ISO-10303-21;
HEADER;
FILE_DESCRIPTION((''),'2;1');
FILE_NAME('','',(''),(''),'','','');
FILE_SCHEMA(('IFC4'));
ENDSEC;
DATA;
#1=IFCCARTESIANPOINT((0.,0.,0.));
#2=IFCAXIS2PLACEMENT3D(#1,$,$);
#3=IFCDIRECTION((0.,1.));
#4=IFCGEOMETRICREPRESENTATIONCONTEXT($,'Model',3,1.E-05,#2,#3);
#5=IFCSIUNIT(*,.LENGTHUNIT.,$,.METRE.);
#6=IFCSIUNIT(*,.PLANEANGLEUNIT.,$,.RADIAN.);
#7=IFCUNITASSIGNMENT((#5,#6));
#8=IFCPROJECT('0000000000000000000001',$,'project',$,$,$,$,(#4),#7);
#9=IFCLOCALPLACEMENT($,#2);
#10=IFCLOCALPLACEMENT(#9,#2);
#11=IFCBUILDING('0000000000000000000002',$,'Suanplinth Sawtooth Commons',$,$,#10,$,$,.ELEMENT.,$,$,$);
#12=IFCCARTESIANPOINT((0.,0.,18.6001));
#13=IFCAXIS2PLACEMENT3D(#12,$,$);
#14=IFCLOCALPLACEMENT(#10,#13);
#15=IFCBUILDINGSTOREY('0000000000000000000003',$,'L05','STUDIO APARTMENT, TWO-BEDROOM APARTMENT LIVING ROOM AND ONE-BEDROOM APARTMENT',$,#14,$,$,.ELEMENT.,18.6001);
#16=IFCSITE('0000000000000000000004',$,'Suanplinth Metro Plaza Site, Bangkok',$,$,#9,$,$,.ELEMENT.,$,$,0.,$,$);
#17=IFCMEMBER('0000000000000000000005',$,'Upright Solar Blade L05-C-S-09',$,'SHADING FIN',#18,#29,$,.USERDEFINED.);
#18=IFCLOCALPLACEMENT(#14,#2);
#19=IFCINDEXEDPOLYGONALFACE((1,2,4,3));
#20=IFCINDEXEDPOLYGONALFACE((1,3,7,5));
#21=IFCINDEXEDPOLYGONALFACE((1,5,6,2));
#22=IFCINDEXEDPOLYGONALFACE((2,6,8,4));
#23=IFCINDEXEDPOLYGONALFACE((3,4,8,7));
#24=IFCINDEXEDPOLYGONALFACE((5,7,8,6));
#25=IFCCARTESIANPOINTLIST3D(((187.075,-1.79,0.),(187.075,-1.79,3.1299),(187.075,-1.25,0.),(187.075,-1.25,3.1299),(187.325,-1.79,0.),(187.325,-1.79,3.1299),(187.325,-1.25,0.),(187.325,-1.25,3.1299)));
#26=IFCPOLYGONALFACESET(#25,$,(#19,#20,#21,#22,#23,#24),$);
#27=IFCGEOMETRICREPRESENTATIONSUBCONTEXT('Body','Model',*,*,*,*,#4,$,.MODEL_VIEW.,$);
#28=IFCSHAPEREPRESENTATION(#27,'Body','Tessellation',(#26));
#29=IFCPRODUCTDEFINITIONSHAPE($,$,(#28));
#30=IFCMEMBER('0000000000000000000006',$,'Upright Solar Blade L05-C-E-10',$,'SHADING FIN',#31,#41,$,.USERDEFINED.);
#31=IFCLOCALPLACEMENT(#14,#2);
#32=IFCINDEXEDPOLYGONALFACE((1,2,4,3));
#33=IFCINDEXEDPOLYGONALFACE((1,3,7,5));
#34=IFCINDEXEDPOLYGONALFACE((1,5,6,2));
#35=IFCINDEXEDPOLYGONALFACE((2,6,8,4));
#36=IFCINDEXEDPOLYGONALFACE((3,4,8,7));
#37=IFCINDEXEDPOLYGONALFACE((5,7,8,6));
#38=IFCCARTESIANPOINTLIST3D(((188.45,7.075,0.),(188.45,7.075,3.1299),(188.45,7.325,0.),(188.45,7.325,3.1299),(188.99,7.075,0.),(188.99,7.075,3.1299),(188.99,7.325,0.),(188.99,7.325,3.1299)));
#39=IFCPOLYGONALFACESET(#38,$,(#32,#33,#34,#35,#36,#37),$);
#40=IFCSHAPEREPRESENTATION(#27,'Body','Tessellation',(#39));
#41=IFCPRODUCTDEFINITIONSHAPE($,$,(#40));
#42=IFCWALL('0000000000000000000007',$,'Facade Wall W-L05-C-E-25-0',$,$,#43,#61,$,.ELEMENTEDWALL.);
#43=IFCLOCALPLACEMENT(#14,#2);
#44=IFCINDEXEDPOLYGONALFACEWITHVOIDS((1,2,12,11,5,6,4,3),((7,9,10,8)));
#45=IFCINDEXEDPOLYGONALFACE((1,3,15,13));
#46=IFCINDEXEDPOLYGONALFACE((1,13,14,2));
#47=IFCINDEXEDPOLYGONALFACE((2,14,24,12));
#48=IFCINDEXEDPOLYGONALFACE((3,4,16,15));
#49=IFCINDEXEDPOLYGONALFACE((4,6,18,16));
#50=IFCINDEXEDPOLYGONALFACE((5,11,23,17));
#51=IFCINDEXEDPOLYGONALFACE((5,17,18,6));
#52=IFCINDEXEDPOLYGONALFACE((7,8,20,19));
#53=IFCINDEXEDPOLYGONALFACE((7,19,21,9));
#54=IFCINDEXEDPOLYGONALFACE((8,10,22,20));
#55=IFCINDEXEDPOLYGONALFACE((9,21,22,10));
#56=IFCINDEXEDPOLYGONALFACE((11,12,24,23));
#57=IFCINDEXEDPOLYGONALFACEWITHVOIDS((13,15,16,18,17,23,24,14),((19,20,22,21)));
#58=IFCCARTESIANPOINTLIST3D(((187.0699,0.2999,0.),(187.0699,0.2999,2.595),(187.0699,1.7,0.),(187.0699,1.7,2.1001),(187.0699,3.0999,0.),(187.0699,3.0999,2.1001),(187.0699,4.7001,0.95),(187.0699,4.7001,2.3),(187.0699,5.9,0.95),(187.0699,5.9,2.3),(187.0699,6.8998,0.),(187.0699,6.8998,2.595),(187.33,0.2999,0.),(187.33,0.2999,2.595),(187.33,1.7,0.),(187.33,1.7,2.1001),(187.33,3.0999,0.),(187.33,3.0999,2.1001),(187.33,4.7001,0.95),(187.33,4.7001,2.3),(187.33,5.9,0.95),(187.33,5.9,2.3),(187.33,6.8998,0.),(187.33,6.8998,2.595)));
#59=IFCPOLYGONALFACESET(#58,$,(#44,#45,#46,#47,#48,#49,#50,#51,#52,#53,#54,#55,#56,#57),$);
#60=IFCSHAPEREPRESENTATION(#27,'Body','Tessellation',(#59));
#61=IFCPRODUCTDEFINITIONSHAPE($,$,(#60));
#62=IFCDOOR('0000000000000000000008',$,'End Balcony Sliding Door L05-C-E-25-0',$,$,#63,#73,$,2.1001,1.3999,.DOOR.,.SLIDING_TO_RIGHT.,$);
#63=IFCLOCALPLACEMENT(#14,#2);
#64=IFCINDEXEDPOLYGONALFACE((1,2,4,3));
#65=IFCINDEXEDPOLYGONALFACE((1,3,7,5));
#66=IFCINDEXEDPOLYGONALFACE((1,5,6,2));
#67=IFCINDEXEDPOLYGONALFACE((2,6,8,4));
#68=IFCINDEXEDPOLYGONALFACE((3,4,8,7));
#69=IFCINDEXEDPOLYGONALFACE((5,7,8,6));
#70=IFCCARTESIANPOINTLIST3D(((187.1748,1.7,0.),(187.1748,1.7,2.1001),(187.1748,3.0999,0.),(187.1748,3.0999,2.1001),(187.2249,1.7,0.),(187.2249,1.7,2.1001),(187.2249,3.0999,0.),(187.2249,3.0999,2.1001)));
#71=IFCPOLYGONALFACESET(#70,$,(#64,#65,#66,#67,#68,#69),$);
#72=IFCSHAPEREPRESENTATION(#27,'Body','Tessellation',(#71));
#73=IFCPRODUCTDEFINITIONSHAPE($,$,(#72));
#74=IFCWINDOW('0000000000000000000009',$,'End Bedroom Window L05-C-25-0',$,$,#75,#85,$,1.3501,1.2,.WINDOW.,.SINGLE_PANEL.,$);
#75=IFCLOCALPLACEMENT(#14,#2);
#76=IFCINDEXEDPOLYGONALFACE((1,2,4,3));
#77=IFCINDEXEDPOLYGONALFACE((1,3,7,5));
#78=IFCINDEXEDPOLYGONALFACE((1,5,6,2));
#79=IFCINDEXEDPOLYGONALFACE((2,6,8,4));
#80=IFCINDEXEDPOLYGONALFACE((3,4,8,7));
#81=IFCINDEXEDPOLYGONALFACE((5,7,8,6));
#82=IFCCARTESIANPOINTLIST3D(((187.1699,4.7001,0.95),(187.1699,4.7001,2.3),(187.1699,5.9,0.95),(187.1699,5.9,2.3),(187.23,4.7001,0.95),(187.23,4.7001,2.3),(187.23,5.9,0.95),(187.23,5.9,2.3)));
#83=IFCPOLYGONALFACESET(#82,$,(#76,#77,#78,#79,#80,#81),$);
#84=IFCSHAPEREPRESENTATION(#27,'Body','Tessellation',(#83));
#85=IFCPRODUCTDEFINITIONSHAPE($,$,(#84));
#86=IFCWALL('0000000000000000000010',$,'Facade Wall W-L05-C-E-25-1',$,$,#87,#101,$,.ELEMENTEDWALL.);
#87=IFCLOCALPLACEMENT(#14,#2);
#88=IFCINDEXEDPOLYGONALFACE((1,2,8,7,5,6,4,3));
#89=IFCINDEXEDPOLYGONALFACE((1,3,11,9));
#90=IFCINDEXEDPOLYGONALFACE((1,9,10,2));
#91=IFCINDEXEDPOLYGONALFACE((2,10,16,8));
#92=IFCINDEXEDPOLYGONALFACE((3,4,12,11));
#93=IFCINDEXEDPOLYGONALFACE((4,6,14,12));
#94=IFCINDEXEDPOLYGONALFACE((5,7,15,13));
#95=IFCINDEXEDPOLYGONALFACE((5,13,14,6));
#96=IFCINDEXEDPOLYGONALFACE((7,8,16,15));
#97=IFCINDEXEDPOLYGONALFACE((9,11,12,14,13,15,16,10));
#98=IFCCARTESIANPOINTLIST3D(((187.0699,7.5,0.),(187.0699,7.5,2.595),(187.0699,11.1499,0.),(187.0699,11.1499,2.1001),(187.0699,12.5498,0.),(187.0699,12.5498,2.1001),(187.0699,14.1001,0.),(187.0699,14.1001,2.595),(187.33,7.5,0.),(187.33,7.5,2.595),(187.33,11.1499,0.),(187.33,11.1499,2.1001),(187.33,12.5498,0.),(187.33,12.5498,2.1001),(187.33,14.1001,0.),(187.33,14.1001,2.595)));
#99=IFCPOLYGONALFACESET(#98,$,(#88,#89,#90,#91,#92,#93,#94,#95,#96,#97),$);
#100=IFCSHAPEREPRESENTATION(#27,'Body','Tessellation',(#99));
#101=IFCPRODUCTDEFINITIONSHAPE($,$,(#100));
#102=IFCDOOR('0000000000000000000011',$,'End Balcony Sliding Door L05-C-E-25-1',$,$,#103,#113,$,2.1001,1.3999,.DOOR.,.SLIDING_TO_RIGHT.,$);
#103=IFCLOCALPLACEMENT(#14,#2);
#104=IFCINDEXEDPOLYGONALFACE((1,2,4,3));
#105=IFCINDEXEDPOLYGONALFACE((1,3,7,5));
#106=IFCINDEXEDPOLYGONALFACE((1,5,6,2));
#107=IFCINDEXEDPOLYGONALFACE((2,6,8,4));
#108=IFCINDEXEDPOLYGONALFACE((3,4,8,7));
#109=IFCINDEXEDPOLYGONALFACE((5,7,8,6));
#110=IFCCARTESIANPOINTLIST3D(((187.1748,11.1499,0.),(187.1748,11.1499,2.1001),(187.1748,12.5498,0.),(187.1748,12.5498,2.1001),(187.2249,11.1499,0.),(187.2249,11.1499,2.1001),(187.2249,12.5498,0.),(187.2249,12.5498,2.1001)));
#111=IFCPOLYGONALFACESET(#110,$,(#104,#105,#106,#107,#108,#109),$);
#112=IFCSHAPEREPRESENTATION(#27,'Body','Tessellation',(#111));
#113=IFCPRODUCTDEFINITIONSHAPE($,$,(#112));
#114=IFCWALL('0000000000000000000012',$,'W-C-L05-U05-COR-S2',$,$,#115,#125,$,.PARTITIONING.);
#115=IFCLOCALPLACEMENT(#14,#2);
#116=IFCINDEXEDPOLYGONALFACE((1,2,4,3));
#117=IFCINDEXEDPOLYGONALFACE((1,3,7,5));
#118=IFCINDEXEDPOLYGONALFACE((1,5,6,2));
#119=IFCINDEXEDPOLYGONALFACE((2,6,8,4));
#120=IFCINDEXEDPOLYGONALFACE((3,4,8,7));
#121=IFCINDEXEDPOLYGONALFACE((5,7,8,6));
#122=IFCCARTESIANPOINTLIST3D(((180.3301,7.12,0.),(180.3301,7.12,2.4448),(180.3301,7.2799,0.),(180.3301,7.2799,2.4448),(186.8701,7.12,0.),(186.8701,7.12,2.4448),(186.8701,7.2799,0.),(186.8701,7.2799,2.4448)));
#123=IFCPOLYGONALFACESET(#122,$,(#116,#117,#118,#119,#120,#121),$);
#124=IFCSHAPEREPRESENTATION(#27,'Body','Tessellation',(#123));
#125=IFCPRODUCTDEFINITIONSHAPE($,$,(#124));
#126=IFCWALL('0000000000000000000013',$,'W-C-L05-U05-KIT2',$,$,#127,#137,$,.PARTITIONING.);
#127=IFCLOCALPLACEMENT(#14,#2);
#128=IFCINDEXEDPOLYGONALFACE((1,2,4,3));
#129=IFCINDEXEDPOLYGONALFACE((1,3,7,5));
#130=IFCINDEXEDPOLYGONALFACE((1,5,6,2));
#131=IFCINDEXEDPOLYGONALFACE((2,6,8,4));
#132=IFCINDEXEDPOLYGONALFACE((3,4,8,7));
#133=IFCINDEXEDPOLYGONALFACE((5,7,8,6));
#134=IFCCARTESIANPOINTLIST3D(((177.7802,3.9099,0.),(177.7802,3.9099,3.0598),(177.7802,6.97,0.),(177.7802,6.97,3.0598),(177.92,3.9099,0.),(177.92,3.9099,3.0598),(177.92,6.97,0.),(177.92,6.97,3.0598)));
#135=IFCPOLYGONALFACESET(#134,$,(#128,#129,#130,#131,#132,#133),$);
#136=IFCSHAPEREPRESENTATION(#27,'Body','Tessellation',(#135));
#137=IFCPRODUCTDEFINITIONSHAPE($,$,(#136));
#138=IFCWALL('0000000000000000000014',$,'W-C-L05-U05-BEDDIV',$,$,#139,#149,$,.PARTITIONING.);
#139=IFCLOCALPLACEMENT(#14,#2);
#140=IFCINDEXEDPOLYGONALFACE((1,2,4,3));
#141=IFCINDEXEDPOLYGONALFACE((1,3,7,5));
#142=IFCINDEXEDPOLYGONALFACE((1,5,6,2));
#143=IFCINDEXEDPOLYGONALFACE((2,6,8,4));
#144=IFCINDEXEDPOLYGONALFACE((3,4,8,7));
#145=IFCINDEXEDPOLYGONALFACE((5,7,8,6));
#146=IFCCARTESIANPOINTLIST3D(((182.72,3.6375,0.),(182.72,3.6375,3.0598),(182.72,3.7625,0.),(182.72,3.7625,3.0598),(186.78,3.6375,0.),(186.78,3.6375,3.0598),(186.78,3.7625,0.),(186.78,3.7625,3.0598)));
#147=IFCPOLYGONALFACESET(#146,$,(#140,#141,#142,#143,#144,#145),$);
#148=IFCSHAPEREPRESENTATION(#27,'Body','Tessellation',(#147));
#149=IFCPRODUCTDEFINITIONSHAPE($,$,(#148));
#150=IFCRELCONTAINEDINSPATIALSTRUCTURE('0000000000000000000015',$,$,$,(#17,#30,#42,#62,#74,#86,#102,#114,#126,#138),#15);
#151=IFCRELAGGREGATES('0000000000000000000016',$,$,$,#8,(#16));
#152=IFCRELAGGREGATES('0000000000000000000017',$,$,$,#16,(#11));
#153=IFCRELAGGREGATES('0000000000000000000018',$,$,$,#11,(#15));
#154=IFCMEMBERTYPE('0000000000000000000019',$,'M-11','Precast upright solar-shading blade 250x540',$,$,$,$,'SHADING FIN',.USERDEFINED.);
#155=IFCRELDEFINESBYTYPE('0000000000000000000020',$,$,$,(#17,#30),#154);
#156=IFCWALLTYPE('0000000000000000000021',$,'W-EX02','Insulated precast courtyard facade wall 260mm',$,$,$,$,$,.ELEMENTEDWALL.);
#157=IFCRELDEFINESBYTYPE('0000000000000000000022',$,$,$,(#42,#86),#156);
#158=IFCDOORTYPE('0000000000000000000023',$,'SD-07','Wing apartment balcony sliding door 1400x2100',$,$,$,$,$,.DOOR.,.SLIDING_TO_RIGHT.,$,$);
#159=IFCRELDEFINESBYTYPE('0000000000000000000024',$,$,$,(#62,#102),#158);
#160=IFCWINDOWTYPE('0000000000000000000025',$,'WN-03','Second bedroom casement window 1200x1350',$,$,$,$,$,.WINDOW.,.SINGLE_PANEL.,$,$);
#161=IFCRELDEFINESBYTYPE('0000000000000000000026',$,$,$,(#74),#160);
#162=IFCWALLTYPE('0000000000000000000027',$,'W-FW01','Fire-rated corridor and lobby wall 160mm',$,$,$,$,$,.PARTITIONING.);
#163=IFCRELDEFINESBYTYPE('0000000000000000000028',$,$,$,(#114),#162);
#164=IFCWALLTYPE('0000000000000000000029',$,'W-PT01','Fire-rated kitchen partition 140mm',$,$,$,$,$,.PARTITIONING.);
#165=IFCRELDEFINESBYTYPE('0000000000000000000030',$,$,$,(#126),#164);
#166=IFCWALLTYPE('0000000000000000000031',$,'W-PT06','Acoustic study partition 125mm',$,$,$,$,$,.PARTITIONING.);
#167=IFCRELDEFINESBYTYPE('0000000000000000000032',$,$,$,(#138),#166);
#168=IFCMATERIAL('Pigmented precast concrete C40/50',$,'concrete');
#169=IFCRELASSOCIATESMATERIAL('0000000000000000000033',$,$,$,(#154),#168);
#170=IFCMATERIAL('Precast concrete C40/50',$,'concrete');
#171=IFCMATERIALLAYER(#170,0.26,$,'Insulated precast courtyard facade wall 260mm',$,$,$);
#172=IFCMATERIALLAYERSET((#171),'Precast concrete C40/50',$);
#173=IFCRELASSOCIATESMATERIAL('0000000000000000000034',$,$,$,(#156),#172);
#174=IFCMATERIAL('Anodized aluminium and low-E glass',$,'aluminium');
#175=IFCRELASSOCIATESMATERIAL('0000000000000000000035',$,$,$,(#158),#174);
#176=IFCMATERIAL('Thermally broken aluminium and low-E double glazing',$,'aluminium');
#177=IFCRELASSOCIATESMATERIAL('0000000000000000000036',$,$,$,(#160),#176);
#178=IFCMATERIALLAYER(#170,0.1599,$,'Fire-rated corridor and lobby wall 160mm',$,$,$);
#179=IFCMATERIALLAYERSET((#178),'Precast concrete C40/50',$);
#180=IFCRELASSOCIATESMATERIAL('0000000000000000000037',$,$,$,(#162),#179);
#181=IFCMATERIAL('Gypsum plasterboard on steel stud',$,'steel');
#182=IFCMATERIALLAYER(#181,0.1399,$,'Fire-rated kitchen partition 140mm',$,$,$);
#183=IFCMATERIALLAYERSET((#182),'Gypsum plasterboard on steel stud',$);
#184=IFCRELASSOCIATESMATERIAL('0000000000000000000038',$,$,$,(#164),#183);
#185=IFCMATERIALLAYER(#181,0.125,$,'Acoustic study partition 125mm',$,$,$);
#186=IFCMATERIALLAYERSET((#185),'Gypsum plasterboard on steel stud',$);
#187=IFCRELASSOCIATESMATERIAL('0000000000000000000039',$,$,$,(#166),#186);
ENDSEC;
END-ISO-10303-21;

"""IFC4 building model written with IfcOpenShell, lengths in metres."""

from ifc_helpers import new_model, si_unit, direction, frame, frame_2d, origin, origin_2d, place, context, subcontext, project, spatial, rectangle, extrude, material, layer, layer_set, material_profile, profile_set, type_object, element, fill, save


model = new_model("IFC4")

# Units and contexts
model_context = context("Model", 3, precision=1e-05, world=origin(), true_north=direction((0.0, 1.0)))
body_context = subcontext(model_context, "Body", "Model", "MODEL_VIEW")
ifc_project = project(units=[si_unit("LENGTHUNIT", "METRE"), si_unit("PLANEANGLEUNIT", "RADIAN")], contexts=[model_context])

# Site, building, storey
site_placement = place(None, origin())
site = spatial("IfcSite", under=ifc_project, at=site_placement, Name="Suanplinth Metro Plaza Site, Bangkok", CompositionType="ELEMENT", RefElevation=0.0)
building_placement = place(site_placement, origin())
building = spatial("IfcBuilding", under=site, at=building_placement, Name="Suanplinth Sawtooth Commons", CompositionType="ELEMENT")
storey_placement = place(building_placement, frame((0.0, 0.0, 18.6001)))
storey = spatial("IfcBuildingStorey", under=building, at=storey_placement, Name="L05", Description="STUDIO APARTMENT, TWO-BEDROOM APARTMENT LIVING ROOM AND ONE-BEDROOM APARTMENT", CompositionType="ELEMENT", Elevation=18.6001)

# Shared definitions
ifc_material_1 = material(Name="Precast concrete C40/50", Category="concrete")

# Members
ifc_material_2 = material(Name="Pigmented precast concrete C40/50", Category="concrete")
ifc_material_profile_1 = material_profile(ifc_material_2, rectangle(XDim=0.25, YDim=0.54, at=origin_2d()), Name="PC-FIN 250x540")
ifc_profile_set_1 = profile_set([ifc_material_profile_1], Name="Pigmented precast concrete C40/50")
member_type = type_object("IfcMemberType", Name="M-11", Description="Precast upright solar-shading blade 250x540", ElementType="SHADING FIN", PredefinedType="USERDEFINED", material=ifc_profile_set_1)
for number, where, z_axis, x_axis, name in (
    (1, (187.2, -1.52, 0.0), (0.0, 0.0, 1.0), (1.0, 0.0, 0.0), "Upright Solar Blade L05-C-S-09"),
    (2, (188.72, 7.2, 0.0), (0.0, 0.0, 1.0), (0.0, 1.0, 0.0), "Upright Solar Blade L05-C-E-10"),
):
    element("IfcMember", number, at=place(storey_placement, frame(where, z_axis=z_axis, x_axis=x_axis)), inside=storey, type_object=member_type, Name=name, ObjectType="SHADING FIN", PredefinedType="USERDEFINED", context=body_context, shape_type="SweptSolid", body=[
        extrude(rectangle(XDim=0.25, YDim=0.54, at=origin_2d()), origin(), (0.0, 0.0, 1.0), 3.1299),
    ])

# Wall, openings, door, window
ifc_layer_1 = layer(ifc_material_1, 0.26, Name="Insulated precast courtyard facade wall 260mm")
ifc_layer_set_1 = layer_set([ifc_layer_1], Name="Precast concrete C40/50")
wall_type_1 = type_object("IfcWallType", Name="W-EX02", Description="Insulated precast courtyard facade wall 260mm", PredefinedType="ELEMENTEDWALL", material=ifc_layer_set_1)
ifc_material_3 = material(Name="Anodized aluminium and low-E glass", Category="aluminium")
ifc_material_4 = material(Name="Thermally broken aluminium and low-E double glazing", Category="aluminium")
wall_1_placement = place(storey_placement, frame((187.2, 0.3, 0.0), z_axis=(0.0, 0.0, 1.0), x_axis=(0.0, 1.0, 0.0)))
wall_1 = element("IfcWall", 3, at=wall_1_placement, inside=storey, type_object=wall_type_1, Name="Facade Wall W-L05-C-E-25-0", PredefinedType="ELEMENTEDWALL", context=body_context, shape_type="SweptSolid", body=[
    extrude(rectangle(XDim=6.5999, YDim=0.26, at=frame_2d((3.2998, 0.0))), origin(), (0.0, 0.0, 1.0), 2.595),
])
opening_1_placement = place(wall_1_placement, frame((1.3999, 0.0, 0.0)))
opening_1 = element("IfcOpeningElement", 4, at=opening_1_placement, cuts=wall_1, PredefinedType="OPENING", context=body_context, shape_type="SweptSolid", body=[
    extrude(rectangle(XDim=1.3999, YDim=2.1001, at=frame_2d((0.7, 1.05))), frame((0.0, 0.145, 0.0), z_axis=(0.0, -1.0, 0.0), x_axis=(1.0, 0.0, 0.0)), (0.0, 0.0, 1.0), 0.2898),
])
opening_2_placement = place(wall_1_placement, frame((4.3999, 0.0, 0.95)))
opening_2 = element("IfcOpeningElement", 5, at=opening_2_placement, cuts=wall_1, PredefinedType="OPENING", context=body_context, shape_type="SweptSolid", body=[
    extrude(rectangle(XDim=1.2, YDim=1.3501, at=frame_2d((0.6001, 0.675))), frame((0.0, 0.145, 0.0), z_axis=(0.0, -1.0, 0.0), x_axis=(1.0, 0.0, 0.0)), (0.0, 0.0, 1.0), 0.2898),
])
door_type_1 = type_object("IfcDoorType", Name="SD-07", Description="Wing apartment balcony sliding door 1400x2100", OperationType="SLIDING_TO_RIGHT", PredefinedType="DOOR", material=ifc_material_3)
door_1_placement = place(opening_1_placement, frame((1.3999, 0.0, 0.0), z_axis=(0.0, 0.0, 1.0), x_axis=(-1.0, 0.0, 0.0)))
door_1 = element("IfcDoor", 6, at=door_1_placement, inside=storey, type_object=door_type_1, Name="End Balcony Sliding Door L05-C-E-25-0", OperationType="SLIDING_TO_RIGHT", OverallHeight=2.1001, OverallWidth=1.3999, PredefinedType="DOOR", context=body_context, shape_type="SweptSolid", body=[
    extrude(rectangle(XDim=1.3999, YDim=2.1001, at=frame_2d((0.7, 1.05))), frame((0.0, 0.0249, 0.0), z_axis=(0.0, -1.0, 0.0), x_axis=(1.0, 0.0, 0.0)), (0.0, 0.0, 1.0), 0.05),
])
fill(opening_1, door_1)
window_type_1 = type_object("IfcWindowType", Name="WN-03", Description="Second bedroom casement window 1200x1350", PartitioningType="SINGLE_PANEL", PredefinedType="WINDOW", material=ifc_material_4)
window_1_placement = place(opening_2_placement, origin())
window_1 = element("IfcWindow", 7, at=window_1_placement, inside=storey, type_object=window_type_1, Name="End Bedroom Window L05-C-25-0", OverallHeight=1.3501, OverallWidth=1.2, PartitioningType="SINGLE_PANEL", PredefinedType="WINDOW", context=body_context, shape_type="SweptSolid", body=[
    extrude(rectangle(XDim=1.2, YDim=1.3501, at=frame_2d((0.6001, 0.675))), frame((0.0, 0.03, 0.0), z_axis=(0.0, -1.0, 0.0), x_axis=(1.0, 0.0, 0.0)), (0.0, 0.0, 1.0), 0.0601),
])
fill(opening_2, window_1)

# Wall, opening, door
wall_2_placement = place(storey_placement, frame((187.2, 7.5, 0.0), z_axis=(0.0, 0.0, 1.0), x_axis=(0.0, 1.0, 0.0)))
wall_2 = element("IfcWall", 8, at=wall_2_placement, inside=storey, type_object=wall_type_1, Name="Facade Wall W-L05-C-E-25-1", PredefinedType="ELEMENTEDWALL", context=body_context, shape_type="SweptSolid", body=[
    extrude(rectangle(XDim=6.6001, YDim=0.26, at=frame_2d((3.3, 0.0))), origin(), (0.0, 0.0, 1.0), 2.595),
])
opening_3_placement = place(wall_2_placement, frame((3.6499, 0.0, 0.0)))
opening_3 = element("IfcOpeningElement", 9, at=opening_3_placement, cuts=wall_2, PredefinedType="OPENING", context=body_context, shape_type="SweptSolid", body=[
    extrude(rectangle(XDim=1.3999, YDim=2.1001, at=frame_2d((0.7, 1.05))), frame((0.0, 0.145, 0.0), z_axis=(0.0, -1.0, 0.0), x_axis=(1.0, 0.0, 0.0)), (0.0, 0.0, 1.0), 0.2898),
])
door_2_placement = place(opening_3_placement, frame((1.3999, 0.0, 0.0), z_axis=(0.0, 0.0, 1.0), x_axis=(-1.0, 0.0, 0.0)))
door_2 = element("IfcDoor", 10, at=door_2_placement, inside=storey, type_object=door_type_1, Name="End Balcony Sliding Door L05-C-E-25-1", OperationType="SLIDING_TO_RIGHT", OverallHeight=2.1001, OverallWidth=1.3999, PredefinedType="DOOR", context=body_context, shape_type="SweptSolid", body=[
    extrude(rectangle(XDim=1.3999, YDim=2.1001, at=frame_2d((0.7, 1.05))), frame((0.0, 0.0249, 0.0), z_axis=(0.0, -1.0, 0.0), x_axis=(1.0, 0.0, 0.0)), (0.0, 0.0, 1.0), 0.05),
])
fill(opening_3, door_2)

# Walls
ifc_layer_2 = layer(ifc_material_1, 0.1599, Name="Fire-rated corridor and lobby wall 160mm")
ifc_layer_set_2 = layer_set([ifc_layer_2], Name="Precast concrete C40/50")
wall_type_2 = type_object("IfcWallType", Name="W-FW01", Description="Fire-rated corridor and lobby wall 160mm", PredefinedType="PARTITIONING", material=ifc_layer_set_2)
wall_3_placement = place(storey_placement, frame((180.3301, 7.2, 0.0), z_axis=(0.0, 0.0, 1.0), x_axis=(1.0, 0.0, 0.0)))
element("IfcWall", 11, at=wall_3_placement, inside=storey, type_object=wall_type_2, Name="W-C-L05-U05-COR-S2", PredefinedType="PARTITIONING", context=body_context, shape_type="SweptSolid", body=[
    extrude(rectangle(XDim=6.54, YDim=0.1599, at=frame_2d((3.27, 0.0))), origin(), (0.0, 0.0, 1.0), 2.4448),
])
ifc_material_5 = material(Name="Gypsum plasterboard on steel stud", Category="steel")
ifc_layer_3 = layer(ifc_material_5, 0.1399, Name="Fire-rated kitchen partition 140mm")
ifc_layer_set_3 = layer_set([ifc_layer_3], Name="Gypsum plasterboard on steel stud")
wall_type_3 = type_object("IfcWallType", Name="W-PT01", Description="Fire-rated kitchen partition 140mm", PredefinedType="PARTITIONING", material=ifc_layer_set_3)
wall_4_placement = place(storey_placement, frame((177.8501, 3.9099, 0.0), z_axis=(0.0, 0.0, 1.0), x_axis=(0.0, 1.0, 0.0)))
element("IfcWall", 12, at=wall_4_placement, inside=storey, type_object=wall_type_3, Name="W-C-L05-U05-KIT2", PredefinedType="PARTITIONING", context=body_context, shape_type="SweptSolid", body=[
    extrude(rectangle(XDim=3.0601, YDim=0.1399, at=frame_2d((1.53, 0.0))), origin(), (0.0, 0.0, 1.0), 3.0598),
])

# Wall
ifc_layer_4 = layer(ifc_material_5, 0.125, Name="Acoustic study partition 125mm")
ifc_layer_set_4 = layer_set([ifc_layer_4], Name="Gypsum plasterboard on steel stud")
wall_type_4 = type_object("IfcWallType", Name="W-PT06", Description="Acoustic study partition 125mm", PredefinedType="PARTITIONING", material=ifc_layer_set_4)
wall_5_placement = place(storey_placement, frame((182.72, 3.7, 0.0), z_axis=(0.0, 0.0, 1.0), x_axis=(1.0, 0.0, 0.0)))
element("IfcWall", 13, at=wall_5_placement, inside=storey, type_object=wall_type_4, Name="W-C-L05-U05-BEDDIV", PredefinedType="PARTITIONING", context=body_context, shape_type="SweptSolid", body=[
    extrude(rectangle(XDim=4.0601, YDim=0.125, at=frame_2d((2.03, 0.0))), origin(), (0.0, 0.0, 1.0), 3.0598),
])

save(model, "model.ifc")
